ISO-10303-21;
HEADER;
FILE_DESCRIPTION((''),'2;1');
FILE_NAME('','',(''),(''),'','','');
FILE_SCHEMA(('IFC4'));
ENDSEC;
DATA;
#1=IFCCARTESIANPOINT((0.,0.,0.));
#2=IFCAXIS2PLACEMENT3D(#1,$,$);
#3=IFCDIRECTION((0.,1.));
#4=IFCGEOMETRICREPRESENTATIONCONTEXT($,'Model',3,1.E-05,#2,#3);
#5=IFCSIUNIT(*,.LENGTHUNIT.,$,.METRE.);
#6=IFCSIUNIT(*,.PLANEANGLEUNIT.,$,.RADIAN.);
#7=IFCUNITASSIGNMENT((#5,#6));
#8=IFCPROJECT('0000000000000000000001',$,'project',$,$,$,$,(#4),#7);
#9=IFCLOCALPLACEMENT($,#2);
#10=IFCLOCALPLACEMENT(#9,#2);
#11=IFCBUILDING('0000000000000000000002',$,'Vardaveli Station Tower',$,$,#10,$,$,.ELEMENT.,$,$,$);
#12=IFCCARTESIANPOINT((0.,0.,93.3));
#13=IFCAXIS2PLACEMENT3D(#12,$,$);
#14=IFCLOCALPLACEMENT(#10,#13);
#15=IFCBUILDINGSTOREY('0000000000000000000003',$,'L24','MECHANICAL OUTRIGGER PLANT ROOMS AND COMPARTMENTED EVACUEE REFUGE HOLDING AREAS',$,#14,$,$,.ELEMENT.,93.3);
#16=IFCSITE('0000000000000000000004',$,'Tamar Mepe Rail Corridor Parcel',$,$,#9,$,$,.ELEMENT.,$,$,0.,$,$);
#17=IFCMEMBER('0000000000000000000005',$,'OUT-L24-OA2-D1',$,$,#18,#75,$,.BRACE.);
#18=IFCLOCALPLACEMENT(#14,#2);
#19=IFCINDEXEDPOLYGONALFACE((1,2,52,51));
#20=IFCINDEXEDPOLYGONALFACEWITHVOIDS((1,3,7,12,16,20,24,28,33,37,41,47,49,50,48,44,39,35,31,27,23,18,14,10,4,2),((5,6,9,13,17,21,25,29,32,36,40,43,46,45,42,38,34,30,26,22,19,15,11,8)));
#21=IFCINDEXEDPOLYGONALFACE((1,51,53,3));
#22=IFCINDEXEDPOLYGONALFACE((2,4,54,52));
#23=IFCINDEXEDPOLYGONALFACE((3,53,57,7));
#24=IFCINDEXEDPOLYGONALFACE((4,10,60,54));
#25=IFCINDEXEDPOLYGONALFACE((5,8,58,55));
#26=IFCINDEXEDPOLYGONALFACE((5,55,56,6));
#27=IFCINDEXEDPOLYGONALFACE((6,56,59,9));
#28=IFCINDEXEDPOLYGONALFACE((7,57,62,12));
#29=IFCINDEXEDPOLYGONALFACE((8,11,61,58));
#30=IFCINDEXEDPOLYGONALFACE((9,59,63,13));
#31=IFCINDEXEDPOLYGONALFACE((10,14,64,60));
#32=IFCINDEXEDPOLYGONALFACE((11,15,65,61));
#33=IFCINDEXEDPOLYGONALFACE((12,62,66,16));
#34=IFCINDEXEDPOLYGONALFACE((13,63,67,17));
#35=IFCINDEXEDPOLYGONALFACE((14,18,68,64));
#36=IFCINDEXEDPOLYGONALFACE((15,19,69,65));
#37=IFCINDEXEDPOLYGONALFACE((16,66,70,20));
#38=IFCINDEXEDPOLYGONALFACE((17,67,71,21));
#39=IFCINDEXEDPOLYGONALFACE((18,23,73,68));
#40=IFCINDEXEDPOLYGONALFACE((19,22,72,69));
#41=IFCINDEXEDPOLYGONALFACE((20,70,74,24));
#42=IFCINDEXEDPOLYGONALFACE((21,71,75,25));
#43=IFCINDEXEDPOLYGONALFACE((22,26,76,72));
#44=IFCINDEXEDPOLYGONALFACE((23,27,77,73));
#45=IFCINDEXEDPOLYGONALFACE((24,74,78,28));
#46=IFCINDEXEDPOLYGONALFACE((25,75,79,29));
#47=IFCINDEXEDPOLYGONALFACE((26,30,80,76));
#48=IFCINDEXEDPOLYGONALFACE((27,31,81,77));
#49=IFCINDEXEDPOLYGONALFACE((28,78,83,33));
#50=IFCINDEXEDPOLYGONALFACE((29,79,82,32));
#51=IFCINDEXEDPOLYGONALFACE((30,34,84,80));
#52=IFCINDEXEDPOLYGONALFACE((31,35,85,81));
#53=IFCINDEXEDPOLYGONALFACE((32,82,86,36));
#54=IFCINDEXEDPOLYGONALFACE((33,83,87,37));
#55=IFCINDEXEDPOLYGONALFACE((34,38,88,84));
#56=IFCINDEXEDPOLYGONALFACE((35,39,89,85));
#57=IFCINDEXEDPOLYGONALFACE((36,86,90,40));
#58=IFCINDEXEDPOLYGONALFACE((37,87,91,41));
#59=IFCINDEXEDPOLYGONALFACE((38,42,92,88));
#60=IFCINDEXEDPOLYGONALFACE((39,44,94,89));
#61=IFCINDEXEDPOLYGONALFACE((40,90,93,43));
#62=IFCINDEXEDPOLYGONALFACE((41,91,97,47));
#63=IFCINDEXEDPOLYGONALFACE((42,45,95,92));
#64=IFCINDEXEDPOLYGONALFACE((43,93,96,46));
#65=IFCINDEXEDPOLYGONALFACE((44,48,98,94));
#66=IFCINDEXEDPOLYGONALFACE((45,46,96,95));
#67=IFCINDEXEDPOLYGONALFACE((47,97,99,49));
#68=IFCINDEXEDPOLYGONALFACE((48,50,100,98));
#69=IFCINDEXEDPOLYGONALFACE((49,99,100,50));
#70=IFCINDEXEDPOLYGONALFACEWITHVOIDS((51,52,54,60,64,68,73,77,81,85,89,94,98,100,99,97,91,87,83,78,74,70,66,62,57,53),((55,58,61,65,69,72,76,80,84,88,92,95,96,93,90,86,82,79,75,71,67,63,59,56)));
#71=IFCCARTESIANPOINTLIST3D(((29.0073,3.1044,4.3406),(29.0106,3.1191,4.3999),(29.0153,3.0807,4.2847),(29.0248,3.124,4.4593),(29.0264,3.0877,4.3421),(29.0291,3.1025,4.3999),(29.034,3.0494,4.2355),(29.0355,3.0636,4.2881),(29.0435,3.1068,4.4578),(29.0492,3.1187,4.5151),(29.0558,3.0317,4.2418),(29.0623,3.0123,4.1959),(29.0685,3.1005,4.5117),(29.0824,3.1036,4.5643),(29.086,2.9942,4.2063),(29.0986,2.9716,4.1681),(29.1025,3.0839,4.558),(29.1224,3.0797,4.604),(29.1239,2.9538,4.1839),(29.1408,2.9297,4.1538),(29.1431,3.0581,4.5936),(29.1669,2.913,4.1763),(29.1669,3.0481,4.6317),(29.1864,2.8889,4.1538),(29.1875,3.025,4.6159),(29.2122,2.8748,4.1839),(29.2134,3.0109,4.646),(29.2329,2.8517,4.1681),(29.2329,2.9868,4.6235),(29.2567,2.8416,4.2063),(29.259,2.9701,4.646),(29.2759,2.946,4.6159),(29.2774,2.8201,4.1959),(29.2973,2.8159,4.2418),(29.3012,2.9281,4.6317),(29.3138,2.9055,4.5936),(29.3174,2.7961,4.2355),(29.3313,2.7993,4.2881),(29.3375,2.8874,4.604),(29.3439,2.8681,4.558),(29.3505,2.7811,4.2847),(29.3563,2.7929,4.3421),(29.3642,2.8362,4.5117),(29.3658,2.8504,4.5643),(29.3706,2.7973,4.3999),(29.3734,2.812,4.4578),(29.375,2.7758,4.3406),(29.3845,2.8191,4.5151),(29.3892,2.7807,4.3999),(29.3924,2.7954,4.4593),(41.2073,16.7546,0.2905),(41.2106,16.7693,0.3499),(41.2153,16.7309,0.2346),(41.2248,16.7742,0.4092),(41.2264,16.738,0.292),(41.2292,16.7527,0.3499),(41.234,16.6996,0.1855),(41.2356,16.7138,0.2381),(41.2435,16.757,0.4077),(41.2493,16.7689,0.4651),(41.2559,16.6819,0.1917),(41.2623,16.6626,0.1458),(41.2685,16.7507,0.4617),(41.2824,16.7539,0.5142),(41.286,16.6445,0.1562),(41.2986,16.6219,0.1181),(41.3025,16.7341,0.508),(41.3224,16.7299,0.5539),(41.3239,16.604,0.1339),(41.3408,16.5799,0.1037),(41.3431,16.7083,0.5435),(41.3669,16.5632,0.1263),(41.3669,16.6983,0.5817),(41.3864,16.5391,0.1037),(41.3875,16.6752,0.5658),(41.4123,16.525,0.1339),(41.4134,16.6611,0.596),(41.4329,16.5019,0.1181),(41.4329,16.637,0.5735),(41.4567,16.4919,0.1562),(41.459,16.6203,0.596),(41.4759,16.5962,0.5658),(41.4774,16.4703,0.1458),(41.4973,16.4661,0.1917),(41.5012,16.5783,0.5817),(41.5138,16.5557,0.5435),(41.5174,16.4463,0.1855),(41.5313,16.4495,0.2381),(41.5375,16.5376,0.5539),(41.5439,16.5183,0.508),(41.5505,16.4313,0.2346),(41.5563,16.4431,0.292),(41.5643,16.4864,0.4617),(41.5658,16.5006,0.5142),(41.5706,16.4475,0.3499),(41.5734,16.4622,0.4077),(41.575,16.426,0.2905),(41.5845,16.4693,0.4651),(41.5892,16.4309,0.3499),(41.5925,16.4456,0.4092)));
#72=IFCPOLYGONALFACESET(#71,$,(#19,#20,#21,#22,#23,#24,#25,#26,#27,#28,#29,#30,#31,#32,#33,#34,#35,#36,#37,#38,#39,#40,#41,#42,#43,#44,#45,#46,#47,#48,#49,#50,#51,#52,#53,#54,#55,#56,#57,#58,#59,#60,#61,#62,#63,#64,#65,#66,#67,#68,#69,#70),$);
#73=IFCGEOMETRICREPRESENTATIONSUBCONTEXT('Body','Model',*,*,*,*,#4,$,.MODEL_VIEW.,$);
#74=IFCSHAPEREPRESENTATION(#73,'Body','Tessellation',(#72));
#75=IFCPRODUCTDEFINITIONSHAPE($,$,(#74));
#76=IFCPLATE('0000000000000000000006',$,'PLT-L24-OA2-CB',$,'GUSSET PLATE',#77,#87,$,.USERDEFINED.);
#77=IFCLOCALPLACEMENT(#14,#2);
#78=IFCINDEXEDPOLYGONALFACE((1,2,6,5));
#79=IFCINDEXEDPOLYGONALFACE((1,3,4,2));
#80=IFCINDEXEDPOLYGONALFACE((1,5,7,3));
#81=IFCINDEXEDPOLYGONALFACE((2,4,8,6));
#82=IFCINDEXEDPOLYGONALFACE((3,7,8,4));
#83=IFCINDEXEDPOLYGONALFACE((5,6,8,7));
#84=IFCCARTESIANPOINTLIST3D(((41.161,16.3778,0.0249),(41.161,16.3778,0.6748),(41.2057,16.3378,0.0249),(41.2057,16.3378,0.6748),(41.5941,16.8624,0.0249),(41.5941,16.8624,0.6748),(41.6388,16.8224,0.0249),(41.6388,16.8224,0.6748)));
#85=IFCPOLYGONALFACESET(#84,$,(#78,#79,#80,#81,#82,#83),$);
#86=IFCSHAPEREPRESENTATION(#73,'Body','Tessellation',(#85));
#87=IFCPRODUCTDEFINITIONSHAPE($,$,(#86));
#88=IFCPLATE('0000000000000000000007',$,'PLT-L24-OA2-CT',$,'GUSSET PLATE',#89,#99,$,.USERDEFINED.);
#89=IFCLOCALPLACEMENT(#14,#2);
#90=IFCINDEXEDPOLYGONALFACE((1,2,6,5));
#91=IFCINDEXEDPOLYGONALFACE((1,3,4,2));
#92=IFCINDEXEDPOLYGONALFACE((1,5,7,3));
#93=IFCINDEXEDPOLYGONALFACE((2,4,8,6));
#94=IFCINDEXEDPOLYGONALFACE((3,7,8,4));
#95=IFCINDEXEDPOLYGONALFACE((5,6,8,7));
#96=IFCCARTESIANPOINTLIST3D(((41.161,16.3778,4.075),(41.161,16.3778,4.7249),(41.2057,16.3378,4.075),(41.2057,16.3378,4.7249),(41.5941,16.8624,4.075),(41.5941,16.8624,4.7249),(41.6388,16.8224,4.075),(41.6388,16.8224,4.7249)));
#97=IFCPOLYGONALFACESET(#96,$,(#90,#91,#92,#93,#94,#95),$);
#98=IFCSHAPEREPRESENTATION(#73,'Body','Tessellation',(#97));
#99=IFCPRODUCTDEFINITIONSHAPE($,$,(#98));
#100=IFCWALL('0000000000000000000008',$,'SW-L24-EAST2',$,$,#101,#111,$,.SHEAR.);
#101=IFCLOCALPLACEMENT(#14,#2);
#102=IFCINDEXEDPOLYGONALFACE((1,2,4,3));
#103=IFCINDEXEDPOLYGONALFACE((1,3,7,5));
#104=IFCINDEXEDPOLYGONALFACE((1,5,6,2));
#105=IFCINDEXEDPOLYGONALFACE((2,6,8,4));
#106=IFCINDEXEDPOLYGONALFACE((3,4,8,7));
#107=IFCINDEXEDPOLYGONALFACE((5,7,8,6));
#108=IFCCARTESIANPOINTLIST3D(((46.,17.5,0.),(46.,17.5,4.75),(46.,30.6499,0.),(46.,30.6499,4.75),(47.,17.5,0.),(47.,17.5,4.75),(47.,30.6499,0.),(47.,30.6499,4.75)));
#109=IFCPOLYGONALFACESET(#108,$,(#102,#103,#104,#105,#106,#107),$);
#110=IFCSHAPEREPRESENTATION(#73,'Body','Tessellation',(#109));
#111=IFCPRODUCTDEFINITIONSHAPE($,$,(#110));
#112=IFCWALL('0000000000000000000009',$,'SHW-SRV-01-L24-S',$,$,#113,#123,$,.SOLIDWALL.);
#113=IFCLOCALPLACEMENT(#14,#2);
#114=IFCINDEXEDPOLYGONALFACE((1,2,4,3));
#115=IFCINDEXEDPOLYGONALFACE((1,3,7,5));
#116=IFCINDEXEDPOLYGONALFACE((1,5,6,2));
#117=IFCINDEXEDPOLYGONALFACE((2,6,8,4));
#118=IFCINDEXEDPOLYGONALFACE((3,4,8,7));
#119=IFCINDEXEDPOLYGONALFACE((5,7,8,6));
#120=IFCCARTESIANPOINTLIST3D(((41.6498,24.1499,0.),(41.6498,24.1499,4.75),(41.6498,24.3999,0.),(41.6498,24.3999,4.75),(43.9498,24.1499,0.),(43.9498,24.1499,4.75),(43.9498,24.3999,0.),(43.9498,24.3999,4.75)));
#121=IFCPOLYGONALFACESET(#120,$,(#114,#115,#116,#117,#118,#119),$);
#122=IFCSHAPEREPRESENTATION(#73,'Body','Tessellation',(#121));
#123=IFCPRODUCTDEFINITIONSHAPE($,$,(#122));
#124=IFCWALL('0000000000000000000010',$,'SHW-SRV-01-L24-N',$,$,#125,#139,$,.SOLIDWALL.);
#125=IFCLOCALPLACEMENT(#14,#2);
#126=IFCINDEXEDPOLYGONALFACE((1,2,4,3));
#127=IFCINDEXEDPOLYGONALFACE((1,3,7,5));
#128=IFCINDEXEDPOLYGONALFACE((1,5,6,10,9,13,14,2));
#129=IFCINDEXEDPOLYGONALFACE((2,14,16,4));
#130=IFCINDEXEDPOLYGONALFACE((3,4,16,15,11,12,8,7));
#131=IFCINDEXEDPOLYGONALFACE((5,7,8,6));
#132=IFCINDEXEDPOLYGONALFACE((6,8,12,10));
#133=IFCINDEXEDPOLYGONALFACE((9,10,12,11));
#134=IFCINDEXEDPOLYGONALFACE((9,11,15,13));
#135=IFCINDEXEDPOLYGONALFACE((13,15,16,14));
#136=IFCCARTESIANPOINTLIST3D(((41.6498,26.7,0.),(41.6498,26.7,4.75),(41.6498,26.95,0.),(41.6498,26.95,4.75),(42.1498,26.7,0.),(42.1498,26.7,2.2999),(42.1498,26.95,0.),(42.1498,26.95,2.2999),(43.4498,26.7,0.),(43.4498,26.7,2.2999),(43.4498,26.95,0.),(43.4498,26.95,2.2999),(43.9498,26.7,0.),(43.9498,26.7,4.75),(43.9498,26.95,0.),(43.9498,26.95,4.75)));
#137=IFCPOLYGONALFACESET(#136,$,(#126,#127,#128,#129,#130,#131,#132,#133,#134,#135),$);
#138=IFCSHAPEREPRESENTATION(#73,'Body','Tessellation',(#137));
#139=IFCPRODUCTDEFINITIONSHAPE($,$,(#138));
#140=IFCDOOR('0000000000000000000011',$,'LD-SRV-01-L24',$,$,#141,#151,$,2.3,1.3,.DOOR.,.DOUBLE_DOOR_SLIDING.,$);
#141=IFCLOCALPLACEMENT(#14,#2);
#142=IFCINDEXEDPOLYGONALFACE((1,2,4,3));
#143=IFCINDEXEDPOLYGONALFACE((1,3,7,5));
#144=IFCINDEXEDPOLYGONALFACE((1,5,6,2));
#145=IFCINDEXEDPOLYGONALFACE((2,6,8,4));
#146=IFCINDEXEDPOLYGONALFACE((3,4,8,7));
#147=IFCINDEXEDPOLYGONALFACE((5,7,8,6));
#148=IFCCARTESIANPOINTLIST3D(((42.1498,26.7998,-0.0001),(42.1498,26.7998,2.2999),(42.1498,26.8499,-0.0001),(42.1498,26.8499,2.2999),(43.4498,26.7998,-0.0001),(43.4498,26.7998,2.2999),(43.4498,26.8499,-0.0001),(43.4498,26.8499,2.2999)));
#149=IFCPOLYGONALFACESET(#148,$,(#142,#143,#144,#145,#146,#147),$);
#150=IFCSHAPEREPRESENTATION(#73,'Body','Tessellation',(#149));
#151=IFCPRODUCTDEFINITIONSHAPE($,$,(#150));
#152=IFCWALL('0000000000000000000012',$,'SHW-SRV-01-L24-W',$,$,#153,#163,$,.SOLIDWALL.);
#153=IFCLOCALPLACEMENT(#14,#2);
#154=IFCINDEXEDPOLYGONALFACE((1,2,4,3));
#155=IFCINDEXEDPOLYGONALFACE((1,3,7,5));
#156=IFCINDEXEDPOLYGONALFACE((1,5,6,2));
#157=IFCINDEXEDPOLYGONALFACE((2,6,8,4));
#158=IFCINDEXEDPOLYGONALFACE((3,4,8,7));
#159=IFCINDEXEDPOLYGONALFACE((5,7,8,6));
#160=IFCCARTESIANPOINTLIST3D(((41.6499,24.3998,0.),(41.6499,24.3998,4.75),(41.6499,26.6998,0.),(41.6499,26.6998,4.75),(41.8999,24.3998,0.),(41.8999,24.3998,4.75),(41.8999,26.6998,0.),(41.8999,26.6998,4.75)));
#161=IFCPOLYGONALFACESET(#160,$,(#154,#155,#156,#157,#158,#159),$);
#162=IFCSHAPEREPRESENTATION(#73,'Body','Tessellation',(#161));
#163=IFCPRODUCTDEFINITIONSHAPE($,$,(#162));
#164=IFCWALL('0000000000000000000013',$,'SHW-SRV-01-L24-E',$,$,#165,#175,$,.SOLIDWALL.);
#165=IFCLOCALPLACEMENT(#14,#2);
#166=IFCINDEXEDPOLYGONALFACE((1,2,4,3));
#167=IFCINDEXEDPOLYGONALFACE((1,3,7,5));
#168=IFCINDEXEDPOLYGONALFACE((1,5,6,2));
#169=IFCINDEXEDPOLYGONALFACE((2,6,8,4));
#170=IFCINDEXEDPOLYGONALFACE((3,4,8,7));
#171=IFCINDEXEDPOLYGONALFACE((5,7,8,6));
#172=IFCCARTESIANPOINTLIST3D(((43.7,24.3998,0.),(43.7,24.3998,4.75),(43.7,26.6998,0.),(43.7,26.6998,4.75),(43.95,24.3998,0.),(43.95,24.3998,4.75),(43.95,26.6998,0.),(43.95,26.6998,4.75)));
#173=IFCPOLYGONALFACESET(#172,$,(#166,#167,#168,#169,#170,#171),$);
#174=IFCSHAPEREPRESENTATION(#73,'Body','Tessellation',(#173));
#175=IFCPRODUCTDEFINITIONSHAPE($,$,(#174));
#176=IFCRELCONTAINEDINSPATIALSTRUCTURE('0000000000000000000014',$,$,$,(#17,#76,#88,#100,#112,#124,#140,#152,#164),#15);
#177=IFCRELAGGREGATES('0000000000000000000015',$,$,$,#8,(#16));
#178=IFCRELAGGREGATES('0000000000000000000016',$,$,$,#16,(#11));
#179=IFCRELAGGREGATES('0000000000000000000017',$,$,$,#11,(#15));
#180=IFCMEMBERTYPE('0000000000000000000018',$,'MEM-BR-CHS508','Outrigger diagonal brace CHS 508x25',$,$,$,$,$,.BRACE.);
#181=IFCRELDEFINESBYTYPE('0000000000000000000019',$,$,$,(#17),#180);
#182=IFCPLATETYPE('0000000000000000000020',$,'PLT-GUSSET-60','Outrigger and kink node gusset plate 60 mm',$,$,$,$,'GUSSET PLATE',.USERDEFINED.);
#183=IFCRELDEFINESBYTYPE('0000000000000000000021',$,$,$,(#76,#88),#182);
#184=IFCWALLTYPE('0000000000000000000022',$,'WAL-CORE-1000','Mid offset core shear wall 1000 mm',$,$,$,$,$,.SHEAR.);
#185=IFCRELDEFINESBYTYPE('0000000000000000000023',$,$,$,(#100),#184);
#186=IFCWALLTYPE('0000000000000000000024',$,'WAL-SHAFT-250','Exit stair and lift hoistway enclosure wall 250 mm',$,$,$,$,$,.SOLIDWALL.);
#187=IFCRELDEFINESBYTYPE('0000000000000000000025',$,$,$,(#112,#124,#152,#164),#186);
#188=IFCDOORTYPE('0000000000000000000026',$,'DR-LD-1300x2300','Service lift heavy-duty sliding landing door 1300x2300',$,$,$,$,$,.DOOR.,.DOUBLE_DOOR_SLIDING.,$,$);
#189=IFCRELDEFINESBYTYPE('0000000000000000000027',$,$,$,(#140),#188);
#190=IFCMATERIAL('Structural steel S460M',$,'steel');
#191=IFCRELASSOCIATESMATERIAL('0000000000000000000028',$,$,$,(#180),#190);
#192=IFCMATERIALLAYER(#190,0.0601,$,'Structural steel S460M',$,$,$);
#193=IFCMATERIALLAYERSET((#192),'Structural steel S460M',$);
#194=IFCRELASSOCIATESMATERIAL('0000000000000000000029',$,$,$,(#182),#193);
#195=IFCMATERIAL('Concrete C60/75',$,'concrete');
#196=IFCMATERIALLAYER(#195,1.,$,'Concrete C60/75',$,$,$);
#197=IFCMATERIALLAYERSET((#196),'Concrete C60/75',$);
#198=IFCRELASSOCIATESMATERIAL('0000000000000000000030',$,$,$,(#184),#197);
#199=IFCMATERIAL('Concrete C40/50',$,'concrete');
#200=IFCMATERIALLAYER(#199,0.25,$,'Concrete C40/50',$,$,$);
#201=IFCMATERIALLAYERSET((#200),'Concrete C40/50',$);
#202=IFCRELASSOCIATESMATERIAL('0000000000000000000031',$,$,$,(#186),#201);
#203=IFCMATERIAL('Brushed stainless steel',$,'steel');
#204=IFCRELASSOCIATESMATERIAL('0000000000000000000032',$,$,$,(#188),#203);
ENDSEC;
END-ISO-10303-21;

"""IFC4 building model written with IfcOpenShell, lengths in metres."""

from ifc_helpers import new_model, si_unit, direction, frame, frame_2d, origin, origin_2d, place, context, subcontext, project, spatial, rectangle, hollow_circle, extrude, source, transform, mapped, material, layer, layer_set, material_profile, profile_set, type_object, element, fill, save


model = new_model("IFC4")

# Units and contexts
model_context = context("Model", 3, precision=1e-05, world=origin(), true_north=direction((0.0, 1.0)))
body_context = subcontext(model_context, "Body", "Model", "MODEL_VIEW")
ifc_project = project(units=[si_unit("LENGTHUNIT", "METRE"), si_unit("PLANEANGLEUNIT", "RADIAN")], contexts=[model_context])

# Site, building, storey
site_placement = place(None, origin())
site = spatial("IfcSite", under=ifc_project, at=site_placement, Name="Tamar Mepe Rail Corridor Parcel", CompositionType="ELEMENT", RefElevation=0.0)
building_placement = place(site_placement, origin())
building = spatial("IfcBuilding", under=site, at=building_placement, Name="Vardaveli Station Tower", CompositionType="ELEMENT")
storey_placement = place(building_placement, frame((0.0, 0.0, 93.3)))
storey = spatial("IfcBuildingStorey", under=building, at=storey_placement, Name="L24", Description="MECHANICAL OUTRIGGER PLANT ROOMS AND COMPARTMENTED EVACUEE REFUGE HOLDING AREAS", CompositionType="ELEMENT", Elevation=93.3)

# Shared definitions
ifc_material_1 = material(Name="Structural steel S460M", Category="steel")

# Member
ifc_material_profile_1 = material_profile(ifc_material_1, hollow_circle(Radius=0.2539, WallThickness=0.0249, at=origin_2d()), Name="CHS 508x25")
ifc_profile_set_1 = profile_set([ifc_material_profile_1], Name="Structural steel S460M")
member_type_1 = type_object("IfcMemberType", Name="MEM-BR-CHS508", Description="Outrigger diagonal brace CHS 508x25", PredefinedType="BRACE", material=ifc_profile_set_1)
shared_shape_1 = source(origin(), body_context, "Body", "SweptSolid", [
    extrude(hollow_circle(Radius=0.2539, WallThickness=0.0249, at=origin_2d()), origin(), (0.0, 0.0, 1.0), 18.7502),
])
member_placement = place(storey_placement, frame((41.3999, 16.6001, 0.3499), z_axis=(-0.650659, -0.728002, 0.216001), x_axis=(0.745603, -0.66639, 0.0)))
element("IfcMember", 1, at=member_placement, inside=storey, type_object=member_type_1, Name="OUT-L24-OA2-D1", PredefinedType="BRACE", context=body_context, shape_type="MappedRepresentation", body=[
    mapped(shared_shape_1, transform((0.0, 0.0, 0.0), scale=1.0)),
])

# Plates
ifc_layer_1 = layer(ifc_material_1, 0.0601, Name="Structural steel S460M")
ifc_layer_set_1 = layer_set([ifc_layer_1], Name="Structural steel S460M")
plate_type = type_object("IfcPlateType", Name="PLT-GUSSET-60", Description="Outrigger and kink node gusset plate 60 mm", ElementType="GUSSET PLATE", PredefinedType="USERDEFINED", material=ifc_layer_set_1)
shared_shape_2 = source(origin(), body_context, "Body", "SweptSolid", [
    extrude(rectangle(XDim=0.6499, YDim=0.0601, at=origin_2d()), origin(), (0.0, 0.0, 1.0), 0.6499),
])
for number, where, z_axis, x_axis, name in (
    (2, (41.3999, 16.6001, 0.0249), (0.0, 0.0, 1.0), (-0.666402, -0.745592, 0.0), "PLT-L24-OA2-CB"),
    (3, (41.3999, 16.6001, 4.075), (0.0, 0.0, 1.0), (-0.666402, -0.745592, 0.0), "PLT-L24-OA2-CT"),
):
    element("IfcPlate", number, at=place(storey_placement, frame(where, z_axis=z_axis, x_axis=x_axis)), inside=storey, type_object=plate_type, Name=name, ObjectType="GUSSET PLATE", PredefinedType="USERDEFINED", context=body_context, shape_type="MappedRepresentation", body=[
        mapped(shared_shape_2, transform((0.0, 0.0, 0.0), scale=1.0)),
    ])

# Walls
ifc_material_2 = material(Name="Concrete C60/75", Category="concrete")
ifc_layer_2 = layer(ifc_material_2, 1.0, Name="Concrete C60/75")
ifc_layer_set_2 = layer_set([ifc_layer_2], Name="Concrete C60/75")
wall_type_1 = type_object("IfcWallType", Name="WAL-CORE-1000", Description="Mid offset core shear wall 1000 mm", PredefinedType="SHEAR", material=ifc_layer_set_2)
shared_shape_3 = source(origin(), body_context, "Body", "SweptSolid", [
    extrude(rectangle(XDim=13.1499, YDim=1.0, at=frame_2d((6.575, 0.0))), origin(), (0.0, 0.0, 1.0), 4.75),
])
wall_1_placement = place(storey_placement, frame((46.5, 17.5, 0.0), z_axis=(0.0, 0.0, 1.0), x_axis=(0.0, 1.0, 0.0)))
element("IfcWall", 4, at=wall_1_placement, inside=storey, type_object=wall_type_1, Name="SW-L24-EAST2", PredefinedType="SHEAR", context=body_context, shape_type="MappedRepresentation", body=[
    mapped(shared_shape_3, transform((0.0, 0.0, 0.0), scale=1.0)),
])
ifc_material_3 = material(Name="Concrete C40/50", Category="concrete")
ifc_layer_3 = layer(ifc_material_3, 0.25, Name="Concrete C40/50")
ifc_layer_set_3 = layer_set([ifc_layer_3], Name="Concrete C40/50")
wall_type_2 = type_object("IfcWallType", Name="WAL-SHAFT-250", Description="Exit stair and lift hoistway enclosure wall 250 mm", PredefinedType="SOLIDWALL", material=ifc_layer_set_3)
shared_shape_4 = source(origin(), body_context, "Body", "SweptSolid", [
    extrude(rectangle(XDim=2.3, YDim=0.25, at=frame_2d((1.1499, 0.0))), origin(), (0.0, 0.0, 1.0), 4.75),
])
wall_2_placement = place(storey_placement, frame((41.6499, 24.2749, 0.0), z_axis=(0.0, 0.0, 1.0), x_axis=(1.0, 0.0, 0.0)))
element("IfcWall", 5, at=wall_2_placement, inside=storey, type_object=wall_type_2, Name="SHW-SRV-01-L24-S", PredefinedType="SOLIDWALL", context=body_context, shape_type="MappedRepresentation", body=[
    mapped(shared_shape_4, transform((0.0, 0.0, 0.0), scale=1.0)),
])

# Wall, opening, door
wall_3_placement = place(storey_placement, frame((41.6499, 26.825, 0.0), z_axis=(0.0, 0.0, 1.0), x_axis=(1.0, 0.0, 0.0)))
wall_3 = element("IfcWall", 6, at=wall_3_placement, inside=storey, type_object=wall_type_2, Name="SHW-SRV-01-L24-N", PredefinedType="SOLIDWALL", context=body_context, shape_type="MappedRepresentation", body=[
    mapped(shared_shape_4, transform((0.0, 0.0, 0.0), scale=1.0)),
])
shared_shape_5 = source(origin(), body_context, "Body", "SweptSolid", [
    extrude(rectangle(XDim=1.3, YDim=2.3, at=frame_2d((0.6499, 1.1499))), frame((0.0, 0.135, 0.0), z_axis=(0.0, -1.0, 0.0), x_axis=(1.0, 0.0, 0.0)), (0.0, 0.0, 1.0), 0.27),
])
opening_1_placement = place(wall_3_placement, frame((0.5, 0.0, 0.0)))
opening_1 = element("IfcOpeningElement", 7, at=opening_1_placement, cuts=wall_3, PredefinedType="OPENING", context=body_context, shape_type="MappedRepresentation", body=[
    mapped(shared_shape_5, transform((0.0, 0.0, 0.0), scale=1.0)),
])
ifc_material_4 = material(Name="Brushed stainless steel", Category="steel")
door_type = type_object("IfcDoorType", Name="DR-LD-1300x2300", Description="Service lift heavy-duty sliding landing door 1300x2300", OperationType="DOUBLE_DOOR_SLIDING", PredefinedType="DOOR", material=ifc_material_4)
shared_shape_6 = source(origin(), body_context, "Body", "SweptSolid", [
    extrude(rectangle(XDim=1.3, YDim=2.3, at=frame_2d((0.6499, 1.1499))), frame((0.0, 0.0249, 0.0), z_axis=(0.0, -1.0, 0.0), x_axis=(1.0, 0.0, 0.0)), (0.0, 0.0, 1.0), 0.05),
])
door_1_placement = place(opening_1_placement, origin())
door_1 = element("IfcDoor", 8, at=door_1_placement, inside=storey, type_object=door_type, Name="LD-SRV-01-L24", OperationType="DOUBLE_DOOR_SLIDING", OverallHeight=2.3, OverallWidth=1.3, PredefinedType="DOOR", context=body_context, shape_type="MappedRepresentation", body=[
    mapped(shared_shape_6, transform((0.0, 0.0, 0.0), scale=1.0)),
])
fill(opening_1, door_1)

# Walls
for number, where, z_axis, x_axis, name in (
    (9, (41.7749, 24.3999, 0.0), (0.0, 0.0, 1.0), (0.0, 1.0, 0.0), "SHW-SRV-01-L24-W"),
    (10, (43.825, 24.3999, 0.0), (0.0, 0.0, 1.0), (0.0, 1.0, 0.0), "SHW-SRV-01-L24-E"),
):
    element("IfcWall", number, at=place(storey_placement, frame(where, z_axis=z_axis, x_axis=x_axis)), inside=storey, type_object=wall_type_2, Name=name, PredefinedType="SOLIDWALL", context=body_context, shape_type="MappedRepresentation", body=[
        mapped(shared_shape_4, transform((0.0, 0.0, 0.0), scale=1.0)),
    ])

save(model, "model.ifc")
